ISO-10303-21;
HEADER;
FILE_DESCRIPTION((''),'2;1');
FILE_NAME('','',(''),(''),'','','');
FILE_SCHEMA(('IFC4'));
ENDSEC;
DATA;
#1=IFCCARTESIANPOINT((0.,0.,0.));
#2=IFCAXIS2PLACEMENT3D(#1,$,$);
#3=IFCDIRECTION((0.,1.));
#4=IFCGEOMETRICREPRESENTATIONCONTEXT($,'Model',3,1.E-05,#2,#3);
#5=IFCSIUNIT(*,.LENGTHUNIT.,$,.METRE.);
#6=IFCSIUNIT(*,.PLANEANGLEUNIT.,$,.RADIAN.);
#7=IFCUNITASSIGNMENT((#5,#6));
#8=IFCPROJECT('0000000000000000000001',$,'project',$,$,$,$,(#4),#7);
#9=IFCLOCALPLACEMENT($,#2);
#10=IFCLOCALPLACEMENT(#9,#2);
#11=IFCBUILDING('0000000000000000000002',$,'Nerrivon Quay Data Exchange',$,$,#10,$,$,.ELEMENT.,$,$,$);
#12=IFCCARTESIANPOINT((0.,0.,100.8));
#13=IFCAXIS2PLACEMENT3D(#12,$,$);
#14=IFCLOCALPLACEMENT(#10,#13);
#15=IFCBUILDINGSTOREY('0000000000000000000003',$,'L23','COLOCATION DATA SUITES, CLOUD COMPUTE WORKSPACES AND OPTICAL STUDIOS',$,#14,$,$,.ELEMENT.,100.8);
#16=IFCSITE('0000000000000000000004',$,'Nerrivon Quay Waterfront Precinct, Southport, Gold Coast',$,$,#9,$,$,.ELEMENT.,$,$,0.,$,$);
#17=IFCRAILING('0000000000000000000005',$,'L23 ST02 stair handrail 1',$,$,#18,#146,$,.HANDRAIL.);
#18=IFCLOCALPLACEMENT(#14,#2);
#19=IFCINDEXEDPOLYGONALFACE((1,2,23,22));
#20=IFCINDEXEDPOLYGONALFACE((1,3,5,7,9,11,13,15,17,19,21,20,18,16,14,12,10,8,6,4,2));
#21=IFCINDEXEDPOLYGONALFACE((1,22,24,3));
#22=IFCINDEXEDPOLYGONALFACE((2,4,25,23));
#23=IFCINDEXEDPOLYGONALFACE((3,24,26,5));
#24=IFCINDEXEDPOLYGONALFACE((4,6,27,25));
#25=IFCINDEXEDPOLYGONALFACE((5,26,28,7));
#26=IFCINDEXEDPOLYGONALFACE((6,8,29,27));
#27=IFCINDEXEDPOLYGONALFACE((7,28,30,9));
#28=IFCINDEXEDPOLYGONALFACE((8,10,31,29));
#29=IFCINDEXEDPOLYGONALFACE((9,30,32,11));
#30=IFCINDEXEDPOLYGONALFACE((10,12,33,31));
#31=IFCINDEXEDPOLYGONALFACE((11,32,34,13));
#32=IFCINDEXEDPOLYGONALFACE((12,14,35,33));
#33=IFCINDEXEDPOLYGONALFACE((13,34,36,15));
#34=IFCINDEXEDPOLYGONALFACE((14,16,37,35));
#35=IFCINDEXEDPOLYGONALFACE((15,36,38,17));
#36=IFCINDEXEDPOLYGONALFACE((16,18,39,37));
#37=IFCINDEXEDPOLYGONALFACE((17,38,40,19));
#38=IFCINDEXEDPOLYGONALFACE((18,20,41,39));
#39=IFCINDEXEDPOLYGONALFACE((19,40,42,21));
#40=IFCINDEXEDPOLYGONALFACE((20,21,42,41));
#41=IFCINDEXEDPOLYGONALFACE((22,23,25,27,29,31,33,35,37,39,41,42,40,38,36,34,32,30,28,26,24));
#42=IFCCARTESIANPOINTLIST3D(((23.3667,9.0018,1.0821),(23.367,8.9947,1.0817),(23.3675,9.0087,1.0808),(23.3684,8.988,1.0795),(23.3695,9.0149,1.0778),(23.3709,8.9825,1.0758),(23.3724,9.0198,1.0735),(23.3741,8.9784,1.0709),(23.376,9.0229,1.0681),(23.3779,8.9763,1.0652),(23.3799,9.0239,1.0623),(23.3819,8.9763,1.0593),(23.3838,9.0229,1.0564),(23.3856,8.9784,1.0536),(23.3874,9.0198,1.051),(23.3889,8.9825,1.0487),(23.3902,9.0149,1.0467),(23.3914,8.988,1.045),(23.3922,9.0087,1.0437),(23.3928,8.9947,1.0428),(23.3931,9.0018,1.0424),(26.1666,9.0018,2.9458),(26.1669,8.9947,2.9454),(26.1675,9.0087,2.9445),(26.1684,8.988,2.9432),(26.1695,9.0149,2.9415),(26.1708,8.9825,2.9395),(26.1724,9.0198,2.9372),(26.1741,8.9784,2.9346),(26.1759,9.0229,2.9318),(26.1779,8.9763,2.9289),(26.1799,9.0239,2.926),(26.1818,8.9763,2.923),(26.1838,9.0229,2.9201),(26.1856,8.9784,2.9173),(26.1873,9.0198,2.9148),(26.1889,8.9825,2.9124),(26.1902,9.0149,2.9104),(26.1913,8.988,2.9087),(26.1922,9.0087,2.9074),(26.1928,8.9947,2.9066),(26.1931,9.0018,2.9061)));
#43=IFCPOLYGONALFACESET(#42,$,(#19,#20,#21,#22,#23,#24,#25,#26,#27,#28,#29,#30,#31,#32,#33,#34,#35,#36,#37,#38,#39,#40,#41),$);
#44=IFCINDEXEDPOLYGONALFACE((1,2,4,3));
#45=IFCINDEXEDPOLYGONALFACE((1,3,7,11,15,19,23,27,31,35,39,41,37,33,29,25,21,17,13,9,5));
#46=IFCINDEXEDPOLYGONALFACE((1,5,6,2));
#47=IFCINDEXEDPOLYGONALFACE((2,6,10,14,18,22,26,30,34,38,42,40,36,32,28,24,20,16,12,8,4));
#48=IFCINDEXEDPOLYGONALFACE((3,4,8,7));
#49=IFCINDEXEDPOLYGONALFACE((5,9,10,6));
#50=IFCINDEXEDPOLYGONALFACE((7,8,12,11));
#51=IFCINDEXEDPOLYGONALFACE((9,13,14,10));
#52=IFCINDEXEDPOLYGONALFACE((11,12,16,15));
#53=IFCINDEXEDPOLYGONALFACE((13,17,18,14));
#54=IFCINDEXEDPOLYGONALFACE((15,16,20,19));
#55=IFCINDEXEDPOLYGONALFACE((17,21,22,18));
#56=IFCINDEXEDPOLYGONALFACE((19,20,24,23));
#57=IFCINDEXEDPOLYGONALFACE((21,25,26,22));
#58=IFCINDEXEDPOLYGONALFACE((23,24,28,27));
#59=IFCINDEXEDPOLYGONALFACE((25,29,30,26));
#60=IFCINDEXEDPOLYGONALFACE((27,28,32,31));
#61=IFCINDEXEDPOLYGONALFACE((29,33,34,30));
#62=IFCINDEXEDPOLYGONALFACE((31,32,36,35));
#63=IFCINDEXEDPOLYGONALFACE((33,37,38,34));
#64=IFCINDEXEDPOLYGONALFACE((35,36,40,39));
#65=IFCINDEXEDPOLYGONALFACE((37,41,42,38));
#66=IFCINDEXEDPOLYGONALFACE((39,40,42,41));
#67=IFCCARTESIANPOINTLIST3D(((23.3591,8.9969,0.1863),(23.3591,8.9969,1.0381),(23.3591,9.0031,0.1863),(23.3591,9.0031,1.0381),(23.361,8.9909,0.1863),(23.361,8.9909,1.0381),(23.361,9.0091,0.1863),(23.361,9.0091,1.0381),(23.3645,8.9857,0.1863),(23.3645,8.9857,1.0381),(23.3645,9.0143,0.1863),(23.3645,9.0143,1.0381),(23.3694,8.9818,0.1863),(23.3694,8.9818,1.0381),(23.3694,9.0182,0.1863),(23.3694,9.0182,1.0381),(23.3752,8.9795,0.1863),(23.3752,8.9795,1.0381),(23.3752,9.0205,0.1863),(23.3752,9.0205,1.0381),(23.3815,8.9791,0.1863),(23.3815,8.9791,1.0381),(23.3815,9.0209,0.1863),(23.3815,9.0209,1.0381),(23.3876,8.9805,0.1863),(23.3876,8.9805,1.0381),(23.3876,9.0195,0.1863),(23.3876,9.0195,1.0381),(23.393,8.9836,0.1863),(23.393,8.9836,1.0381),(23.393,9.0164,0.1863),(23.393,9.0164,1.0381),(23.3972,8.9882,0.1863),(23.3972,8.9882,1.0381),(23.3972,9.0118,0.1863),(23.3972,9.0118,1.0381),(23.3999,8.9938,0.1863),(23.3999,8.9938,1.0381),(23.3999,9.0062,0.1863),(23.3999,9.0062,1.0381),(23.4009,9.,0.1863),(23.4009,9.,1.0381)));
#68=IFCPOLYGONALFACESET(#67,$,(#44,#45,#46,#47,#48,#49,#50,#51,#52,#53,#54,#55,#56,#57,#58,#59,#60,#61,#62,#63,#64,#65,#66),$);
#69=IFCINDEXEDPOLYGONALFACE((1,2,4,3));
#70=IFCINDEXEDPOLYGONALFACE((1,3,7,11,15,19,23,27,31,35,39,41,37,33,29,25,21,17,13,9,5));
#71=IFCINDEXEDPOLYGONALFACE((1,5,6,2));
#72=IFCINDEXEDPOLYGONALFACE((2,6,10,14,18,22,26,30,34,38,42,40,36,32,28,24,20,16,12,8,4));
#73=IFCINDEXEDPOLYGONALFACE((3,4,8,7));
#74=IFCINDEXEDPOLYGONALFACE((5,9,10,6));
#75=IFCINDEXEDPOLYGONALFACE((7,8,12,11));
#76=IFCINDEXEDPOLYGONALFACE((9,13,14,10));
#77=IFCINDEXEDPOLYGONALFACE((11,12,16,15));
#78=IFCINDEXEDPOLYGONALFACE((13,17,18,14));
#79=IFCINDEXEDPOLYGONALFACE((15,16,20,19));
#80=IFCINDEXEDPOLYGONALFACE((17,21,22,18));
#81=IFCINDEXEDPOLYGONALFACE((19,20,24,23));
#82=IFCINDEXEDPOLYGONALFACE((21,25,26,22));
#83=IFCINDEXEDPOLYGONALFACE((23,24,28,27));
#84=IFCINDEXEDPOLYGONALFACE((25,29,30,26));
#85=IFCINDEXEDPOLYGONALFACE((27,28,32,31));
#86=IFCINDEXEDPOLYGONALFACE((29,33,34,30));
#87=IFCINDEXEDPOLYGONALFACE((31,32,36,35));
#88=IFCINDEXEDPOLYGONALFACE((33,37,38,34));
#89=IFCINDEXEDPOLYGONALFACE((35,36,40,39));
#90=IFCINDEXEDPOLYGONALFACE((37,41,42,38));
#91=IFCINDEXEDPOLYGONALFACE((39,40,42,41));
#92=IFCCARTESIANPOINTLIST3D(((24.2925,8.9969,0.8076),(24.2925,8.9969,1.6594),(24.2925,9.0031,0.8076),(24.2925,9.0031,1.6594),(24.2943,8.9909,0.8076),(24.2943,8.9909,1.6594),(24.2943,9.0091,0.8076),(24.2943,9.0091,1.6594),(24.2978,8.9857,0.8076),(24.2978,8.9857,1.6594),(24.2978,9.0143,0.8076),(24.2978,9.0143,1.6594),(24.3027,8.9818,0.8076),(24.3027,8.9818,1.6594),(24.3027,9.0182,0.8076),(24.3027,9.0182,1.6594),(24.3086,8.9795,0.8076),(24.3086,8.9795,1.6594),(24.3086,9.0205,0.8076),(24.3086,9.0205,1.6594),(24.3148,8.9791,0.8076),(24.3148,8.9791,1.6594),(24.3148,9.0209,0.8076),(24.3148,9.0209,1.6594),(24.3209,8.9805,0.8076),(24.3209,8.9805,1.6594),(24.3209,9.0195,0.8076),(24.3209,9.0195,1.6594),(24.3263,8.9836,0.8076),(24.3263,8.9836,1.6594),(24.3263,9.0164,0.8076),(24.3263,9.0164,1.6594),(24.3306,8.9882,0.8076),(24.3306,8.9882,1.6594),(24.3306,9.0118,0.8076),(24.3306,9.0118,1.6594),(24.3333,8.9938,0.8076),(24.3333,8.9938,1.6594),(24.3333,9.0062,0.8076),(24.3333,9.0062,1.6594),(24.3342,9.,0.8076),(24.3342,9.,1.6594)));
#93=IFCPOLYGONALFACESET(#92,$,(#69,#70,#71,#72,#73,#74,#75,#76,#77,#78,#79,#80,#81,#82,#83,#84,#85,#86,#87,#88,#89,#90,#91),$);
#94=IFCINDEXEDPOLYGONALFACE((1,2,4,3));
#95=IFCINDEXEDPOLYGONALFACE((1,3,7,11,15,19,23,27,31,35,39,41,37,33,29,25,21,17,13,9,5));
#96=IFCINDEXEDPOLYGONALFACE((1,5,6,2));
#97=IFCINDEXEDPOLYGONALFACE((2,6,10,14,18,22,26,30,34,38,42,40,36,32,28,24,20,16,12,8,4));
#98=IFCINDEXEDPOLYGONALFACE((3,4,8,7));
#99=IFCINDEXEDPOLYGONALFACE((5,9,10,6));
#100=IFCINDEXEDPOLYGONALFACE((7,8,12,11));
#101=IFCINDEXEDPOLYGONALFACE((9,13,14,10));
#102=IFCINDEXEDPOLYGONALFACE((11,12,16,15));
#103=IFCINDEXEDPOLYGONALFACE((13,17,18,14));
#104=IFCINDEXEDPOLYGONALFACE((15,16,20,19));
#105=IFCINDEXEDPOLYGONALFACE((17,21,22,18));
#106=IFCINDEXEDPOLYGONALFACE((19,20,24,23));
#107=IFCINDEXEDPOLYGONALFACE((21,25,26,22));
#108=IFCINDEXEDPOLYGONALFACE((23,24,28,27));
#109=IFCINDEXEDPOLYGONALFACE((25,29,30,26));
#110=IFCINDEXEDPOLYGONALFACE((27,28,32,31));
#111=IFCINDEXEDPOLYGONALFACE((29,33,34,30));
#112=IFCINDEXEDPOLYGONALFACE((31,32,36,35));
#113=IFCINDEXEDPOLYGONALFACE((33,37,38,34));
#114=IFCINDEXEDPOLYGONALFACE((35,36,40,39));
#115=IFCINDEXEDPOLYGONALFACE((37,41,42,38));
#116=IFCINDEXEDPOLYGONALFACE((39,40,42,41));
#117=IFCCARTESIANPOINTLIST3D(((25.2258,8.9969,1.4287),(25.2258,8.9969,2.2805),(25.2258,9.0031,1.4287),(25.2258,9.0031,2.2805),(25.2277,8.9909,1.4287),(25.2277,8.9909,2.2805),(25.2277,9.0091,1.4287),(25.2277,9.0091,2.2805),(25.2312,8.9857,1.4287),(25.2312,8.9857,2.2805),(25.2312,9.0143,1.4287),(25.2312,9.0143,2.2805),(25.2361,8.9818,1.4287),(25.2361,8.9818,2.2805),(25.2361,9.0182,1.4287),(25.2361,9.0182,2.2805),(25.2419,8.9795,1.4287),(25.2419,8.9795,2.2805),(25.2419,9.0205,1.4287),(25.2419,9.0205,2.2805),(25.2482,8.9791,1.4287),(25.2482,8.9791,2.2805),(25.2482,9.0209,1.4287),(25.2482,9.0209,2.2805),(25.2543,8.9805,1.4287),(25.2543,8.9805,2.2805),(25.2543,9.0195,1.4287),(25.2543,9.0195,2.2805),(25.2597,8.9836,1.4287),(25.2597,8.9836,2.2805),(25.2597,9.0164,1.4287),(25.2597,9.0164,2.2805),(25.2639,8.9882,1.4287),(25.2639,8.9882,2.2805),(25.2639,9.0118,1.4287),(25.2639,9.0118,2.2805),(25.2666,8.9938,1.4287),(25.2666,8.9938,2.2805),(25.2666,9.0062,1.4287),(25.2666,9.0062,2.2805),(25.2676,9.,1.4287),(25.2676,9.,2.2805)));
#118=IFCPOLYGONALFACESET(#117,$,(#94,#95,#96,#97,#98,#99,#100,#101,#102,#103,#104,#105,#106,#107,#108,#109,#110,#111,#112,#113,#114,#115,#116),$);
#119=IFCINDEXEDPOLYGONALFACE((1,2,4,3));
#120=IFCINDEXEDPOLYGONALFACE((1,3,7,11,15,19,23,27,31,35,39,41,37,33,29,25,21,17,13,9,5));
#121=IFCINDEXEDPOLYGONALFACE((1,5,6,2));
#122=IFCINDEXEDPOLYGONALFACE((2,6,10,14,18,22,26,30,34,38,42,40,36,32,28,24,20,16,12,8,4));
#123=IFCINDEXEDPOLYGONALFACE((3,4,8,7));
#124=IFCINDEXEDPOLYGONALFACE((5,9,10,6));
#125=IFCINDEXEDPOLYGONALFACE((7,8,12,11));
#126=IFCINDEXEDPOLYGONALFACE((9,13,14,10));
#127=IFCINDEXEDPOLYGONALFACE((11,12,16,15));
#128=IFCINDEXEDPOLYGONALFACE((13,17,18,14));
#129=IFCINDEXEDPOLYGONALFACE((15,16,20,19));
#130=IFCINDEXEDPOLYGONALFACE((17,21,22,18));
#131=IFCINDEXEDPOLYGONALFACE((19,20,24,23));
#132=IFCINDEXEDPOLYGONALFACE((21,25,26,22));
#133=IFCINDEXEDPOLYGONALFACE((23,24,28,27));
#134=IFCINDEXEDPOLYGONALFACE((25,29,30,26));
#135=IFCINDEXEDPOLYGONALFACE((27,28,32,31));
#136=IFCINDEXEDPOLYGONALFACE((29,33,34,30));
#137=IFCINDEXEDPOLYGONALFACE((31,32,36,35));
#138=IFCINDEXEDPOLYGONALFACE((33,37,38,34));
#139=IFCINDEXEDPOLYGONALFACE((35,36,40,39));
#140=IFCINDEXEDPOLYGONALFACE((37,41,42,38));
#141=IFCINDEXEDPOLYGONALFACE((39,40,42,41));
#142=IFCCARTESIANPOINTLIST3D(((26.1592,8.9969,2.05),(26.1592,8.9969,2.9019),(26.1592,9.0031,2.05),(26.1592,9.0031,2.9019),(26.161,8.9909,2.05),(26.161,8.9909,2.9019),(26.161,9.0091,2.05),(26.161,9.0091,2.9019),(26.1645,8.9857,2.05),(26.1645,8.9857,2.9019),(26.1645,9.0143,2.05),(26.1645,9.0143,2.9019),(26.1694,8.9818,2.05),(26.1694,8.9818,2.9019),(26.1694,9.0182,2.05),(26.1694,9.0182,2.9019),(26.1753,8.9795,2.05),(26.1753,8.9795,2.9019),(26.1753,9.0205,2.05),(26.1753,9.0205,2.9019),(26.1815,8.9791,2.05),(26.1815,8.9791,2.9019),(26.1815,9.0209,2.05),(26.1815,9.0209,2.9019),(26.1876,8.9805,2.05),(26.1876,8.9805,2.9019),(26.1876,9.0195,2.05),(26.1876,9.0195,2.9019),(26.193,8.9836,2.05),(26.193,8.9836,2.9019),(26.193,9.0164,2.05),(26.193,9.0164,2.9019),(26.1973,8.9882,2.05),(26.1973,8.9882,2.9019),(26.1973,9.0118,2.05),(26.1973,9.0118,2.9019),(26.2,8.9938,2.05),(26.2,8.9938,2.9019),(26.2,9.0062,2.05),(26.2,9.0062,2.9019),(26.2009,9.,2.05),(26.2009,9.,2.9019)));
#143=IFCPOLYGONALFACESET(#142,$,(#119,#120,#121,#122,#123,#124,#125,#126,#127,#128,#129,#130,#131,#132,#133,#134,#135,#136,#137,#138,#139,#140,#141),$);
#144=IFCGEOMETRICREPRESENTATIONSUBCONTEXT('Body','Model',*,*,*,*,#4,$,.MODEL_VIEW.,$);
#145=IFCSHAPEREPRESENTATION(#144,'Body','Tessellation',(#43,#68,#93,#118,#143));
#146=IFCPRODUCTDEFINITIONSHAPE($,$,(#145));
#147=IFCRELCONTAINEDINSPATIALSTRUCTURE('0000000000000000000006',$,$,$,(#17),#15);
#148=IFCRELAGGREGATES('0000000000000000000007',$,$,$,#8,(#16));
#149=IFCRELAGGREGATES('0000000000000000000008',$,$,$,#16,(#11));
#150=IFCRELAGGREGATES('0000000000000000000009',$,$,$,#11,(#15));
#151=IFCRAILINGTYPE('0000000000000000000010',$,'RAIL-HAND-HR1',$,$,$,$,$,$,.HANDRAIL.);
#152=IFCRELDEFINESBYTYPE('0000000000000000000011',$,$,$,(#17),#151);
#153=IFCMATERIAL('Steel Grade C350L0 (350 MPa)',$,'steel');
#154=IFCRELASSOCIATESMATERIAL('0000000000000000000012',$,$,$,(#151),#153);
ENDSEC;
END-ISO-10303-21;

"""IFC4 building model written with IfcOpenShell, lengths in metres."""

from ifc_helpers import new_model, si_unit, direction, frame, origin, origin_2d, place, context, subcontext, project, spatial, circle, extrude, material, type_object, element, save


model = new_model("IFC4")

# Units and contexts
model_context = context("Model", 3, precision=1e-05, world=origin(), true_north=direction((0.0, 1.0)))
body_context = subcontext(model_context, "Body", "Model", "MODEL_VIEW")
ifc_project = project(units=[si_unit("LENGTHUNIT", "METRE"), si_unit("PLANEANGLEUNIT", "RADIAN")], contexts=[model_context])

# Site, building, storey
site_placement = place(None, origin())
site = spatial("IfcSite", under=ifc_project, at=site_placement, Name="Nerrivon Quay Waterfront Precinct, Southport, Gold Coast", CompositionType="ELEMENT", RefElevation=0.0)
building_placement = place(site_placement, origin())
building = spatial("IfcBuilding", under=site, at=building_placement, Name="Nerrivon Quay Data Exchange", CompositionType="ELEMENT")
storey_placement = place(building_placement, frame((0.0, 0.0, 100.8)))
storey = spatial("IfcBuildingStorey", under=building, at=storey_placement, Name="L23", Description="COLOCATION DATA SUITES, CLOUD COMPUTE WORKSPACES AND OPTICAL STUDIOS", CompositionType="ELEMENT", Elevation=100.8)

# Railing
ifc_material_1 = material(Name="Steel Grade C350L0 (350 MPa)", Category="steel")
railing_type_1 = type_object("IfcRailingType", Name="RAIL-HAND-HR1", PredefinedType="HANDRAIL", material=ifc_material_1)
railing_1_placement = place(storey_placement, frame((23.3799, 9.0, 0.1863)))
element("IfcRailing", 1, at=railing_1_placement, inside=storey, type_object=railing_type_1, Name="L23 ST02 stair handrail 1", PredefinedType="HANDRAIL", context=body_context, shape_type="SweptSolid", body=[
    extrude(circle(Radius=0.0239, at=origin_2d()), frame((0.0, 0.0, 0.876), z_axis=(0.832452, 0.0, 0.554097), x_axis=(0.0, 1.0, 0.0)), (0.0, 0.0, 1.0), 3.3635),
    extrude(circle(Radius=0.021, at=origin_2d()), origin(), (0.0, 0.0, 1.0), 0.8518),
    extrude(circle(Radius=0.021, at=origin_2d()), frame((0.9333, 0.0, 0.6213)), (0.0, 0.0, 1.0), 0.8518),
    extrude(circle(Radius=0.021, at=origin_2d()), frame((1.8667, 0.0, 1.2424)), (0.0, 0.0, 1.0), 0.8518),
    extrude(circle(Radius=0.021, at=origin_2d()), frame((2.8, 0.0, 1.8638)), (0.0, 0.0, 1.0), 0.8518),
])

save(model, "model.ifc")
